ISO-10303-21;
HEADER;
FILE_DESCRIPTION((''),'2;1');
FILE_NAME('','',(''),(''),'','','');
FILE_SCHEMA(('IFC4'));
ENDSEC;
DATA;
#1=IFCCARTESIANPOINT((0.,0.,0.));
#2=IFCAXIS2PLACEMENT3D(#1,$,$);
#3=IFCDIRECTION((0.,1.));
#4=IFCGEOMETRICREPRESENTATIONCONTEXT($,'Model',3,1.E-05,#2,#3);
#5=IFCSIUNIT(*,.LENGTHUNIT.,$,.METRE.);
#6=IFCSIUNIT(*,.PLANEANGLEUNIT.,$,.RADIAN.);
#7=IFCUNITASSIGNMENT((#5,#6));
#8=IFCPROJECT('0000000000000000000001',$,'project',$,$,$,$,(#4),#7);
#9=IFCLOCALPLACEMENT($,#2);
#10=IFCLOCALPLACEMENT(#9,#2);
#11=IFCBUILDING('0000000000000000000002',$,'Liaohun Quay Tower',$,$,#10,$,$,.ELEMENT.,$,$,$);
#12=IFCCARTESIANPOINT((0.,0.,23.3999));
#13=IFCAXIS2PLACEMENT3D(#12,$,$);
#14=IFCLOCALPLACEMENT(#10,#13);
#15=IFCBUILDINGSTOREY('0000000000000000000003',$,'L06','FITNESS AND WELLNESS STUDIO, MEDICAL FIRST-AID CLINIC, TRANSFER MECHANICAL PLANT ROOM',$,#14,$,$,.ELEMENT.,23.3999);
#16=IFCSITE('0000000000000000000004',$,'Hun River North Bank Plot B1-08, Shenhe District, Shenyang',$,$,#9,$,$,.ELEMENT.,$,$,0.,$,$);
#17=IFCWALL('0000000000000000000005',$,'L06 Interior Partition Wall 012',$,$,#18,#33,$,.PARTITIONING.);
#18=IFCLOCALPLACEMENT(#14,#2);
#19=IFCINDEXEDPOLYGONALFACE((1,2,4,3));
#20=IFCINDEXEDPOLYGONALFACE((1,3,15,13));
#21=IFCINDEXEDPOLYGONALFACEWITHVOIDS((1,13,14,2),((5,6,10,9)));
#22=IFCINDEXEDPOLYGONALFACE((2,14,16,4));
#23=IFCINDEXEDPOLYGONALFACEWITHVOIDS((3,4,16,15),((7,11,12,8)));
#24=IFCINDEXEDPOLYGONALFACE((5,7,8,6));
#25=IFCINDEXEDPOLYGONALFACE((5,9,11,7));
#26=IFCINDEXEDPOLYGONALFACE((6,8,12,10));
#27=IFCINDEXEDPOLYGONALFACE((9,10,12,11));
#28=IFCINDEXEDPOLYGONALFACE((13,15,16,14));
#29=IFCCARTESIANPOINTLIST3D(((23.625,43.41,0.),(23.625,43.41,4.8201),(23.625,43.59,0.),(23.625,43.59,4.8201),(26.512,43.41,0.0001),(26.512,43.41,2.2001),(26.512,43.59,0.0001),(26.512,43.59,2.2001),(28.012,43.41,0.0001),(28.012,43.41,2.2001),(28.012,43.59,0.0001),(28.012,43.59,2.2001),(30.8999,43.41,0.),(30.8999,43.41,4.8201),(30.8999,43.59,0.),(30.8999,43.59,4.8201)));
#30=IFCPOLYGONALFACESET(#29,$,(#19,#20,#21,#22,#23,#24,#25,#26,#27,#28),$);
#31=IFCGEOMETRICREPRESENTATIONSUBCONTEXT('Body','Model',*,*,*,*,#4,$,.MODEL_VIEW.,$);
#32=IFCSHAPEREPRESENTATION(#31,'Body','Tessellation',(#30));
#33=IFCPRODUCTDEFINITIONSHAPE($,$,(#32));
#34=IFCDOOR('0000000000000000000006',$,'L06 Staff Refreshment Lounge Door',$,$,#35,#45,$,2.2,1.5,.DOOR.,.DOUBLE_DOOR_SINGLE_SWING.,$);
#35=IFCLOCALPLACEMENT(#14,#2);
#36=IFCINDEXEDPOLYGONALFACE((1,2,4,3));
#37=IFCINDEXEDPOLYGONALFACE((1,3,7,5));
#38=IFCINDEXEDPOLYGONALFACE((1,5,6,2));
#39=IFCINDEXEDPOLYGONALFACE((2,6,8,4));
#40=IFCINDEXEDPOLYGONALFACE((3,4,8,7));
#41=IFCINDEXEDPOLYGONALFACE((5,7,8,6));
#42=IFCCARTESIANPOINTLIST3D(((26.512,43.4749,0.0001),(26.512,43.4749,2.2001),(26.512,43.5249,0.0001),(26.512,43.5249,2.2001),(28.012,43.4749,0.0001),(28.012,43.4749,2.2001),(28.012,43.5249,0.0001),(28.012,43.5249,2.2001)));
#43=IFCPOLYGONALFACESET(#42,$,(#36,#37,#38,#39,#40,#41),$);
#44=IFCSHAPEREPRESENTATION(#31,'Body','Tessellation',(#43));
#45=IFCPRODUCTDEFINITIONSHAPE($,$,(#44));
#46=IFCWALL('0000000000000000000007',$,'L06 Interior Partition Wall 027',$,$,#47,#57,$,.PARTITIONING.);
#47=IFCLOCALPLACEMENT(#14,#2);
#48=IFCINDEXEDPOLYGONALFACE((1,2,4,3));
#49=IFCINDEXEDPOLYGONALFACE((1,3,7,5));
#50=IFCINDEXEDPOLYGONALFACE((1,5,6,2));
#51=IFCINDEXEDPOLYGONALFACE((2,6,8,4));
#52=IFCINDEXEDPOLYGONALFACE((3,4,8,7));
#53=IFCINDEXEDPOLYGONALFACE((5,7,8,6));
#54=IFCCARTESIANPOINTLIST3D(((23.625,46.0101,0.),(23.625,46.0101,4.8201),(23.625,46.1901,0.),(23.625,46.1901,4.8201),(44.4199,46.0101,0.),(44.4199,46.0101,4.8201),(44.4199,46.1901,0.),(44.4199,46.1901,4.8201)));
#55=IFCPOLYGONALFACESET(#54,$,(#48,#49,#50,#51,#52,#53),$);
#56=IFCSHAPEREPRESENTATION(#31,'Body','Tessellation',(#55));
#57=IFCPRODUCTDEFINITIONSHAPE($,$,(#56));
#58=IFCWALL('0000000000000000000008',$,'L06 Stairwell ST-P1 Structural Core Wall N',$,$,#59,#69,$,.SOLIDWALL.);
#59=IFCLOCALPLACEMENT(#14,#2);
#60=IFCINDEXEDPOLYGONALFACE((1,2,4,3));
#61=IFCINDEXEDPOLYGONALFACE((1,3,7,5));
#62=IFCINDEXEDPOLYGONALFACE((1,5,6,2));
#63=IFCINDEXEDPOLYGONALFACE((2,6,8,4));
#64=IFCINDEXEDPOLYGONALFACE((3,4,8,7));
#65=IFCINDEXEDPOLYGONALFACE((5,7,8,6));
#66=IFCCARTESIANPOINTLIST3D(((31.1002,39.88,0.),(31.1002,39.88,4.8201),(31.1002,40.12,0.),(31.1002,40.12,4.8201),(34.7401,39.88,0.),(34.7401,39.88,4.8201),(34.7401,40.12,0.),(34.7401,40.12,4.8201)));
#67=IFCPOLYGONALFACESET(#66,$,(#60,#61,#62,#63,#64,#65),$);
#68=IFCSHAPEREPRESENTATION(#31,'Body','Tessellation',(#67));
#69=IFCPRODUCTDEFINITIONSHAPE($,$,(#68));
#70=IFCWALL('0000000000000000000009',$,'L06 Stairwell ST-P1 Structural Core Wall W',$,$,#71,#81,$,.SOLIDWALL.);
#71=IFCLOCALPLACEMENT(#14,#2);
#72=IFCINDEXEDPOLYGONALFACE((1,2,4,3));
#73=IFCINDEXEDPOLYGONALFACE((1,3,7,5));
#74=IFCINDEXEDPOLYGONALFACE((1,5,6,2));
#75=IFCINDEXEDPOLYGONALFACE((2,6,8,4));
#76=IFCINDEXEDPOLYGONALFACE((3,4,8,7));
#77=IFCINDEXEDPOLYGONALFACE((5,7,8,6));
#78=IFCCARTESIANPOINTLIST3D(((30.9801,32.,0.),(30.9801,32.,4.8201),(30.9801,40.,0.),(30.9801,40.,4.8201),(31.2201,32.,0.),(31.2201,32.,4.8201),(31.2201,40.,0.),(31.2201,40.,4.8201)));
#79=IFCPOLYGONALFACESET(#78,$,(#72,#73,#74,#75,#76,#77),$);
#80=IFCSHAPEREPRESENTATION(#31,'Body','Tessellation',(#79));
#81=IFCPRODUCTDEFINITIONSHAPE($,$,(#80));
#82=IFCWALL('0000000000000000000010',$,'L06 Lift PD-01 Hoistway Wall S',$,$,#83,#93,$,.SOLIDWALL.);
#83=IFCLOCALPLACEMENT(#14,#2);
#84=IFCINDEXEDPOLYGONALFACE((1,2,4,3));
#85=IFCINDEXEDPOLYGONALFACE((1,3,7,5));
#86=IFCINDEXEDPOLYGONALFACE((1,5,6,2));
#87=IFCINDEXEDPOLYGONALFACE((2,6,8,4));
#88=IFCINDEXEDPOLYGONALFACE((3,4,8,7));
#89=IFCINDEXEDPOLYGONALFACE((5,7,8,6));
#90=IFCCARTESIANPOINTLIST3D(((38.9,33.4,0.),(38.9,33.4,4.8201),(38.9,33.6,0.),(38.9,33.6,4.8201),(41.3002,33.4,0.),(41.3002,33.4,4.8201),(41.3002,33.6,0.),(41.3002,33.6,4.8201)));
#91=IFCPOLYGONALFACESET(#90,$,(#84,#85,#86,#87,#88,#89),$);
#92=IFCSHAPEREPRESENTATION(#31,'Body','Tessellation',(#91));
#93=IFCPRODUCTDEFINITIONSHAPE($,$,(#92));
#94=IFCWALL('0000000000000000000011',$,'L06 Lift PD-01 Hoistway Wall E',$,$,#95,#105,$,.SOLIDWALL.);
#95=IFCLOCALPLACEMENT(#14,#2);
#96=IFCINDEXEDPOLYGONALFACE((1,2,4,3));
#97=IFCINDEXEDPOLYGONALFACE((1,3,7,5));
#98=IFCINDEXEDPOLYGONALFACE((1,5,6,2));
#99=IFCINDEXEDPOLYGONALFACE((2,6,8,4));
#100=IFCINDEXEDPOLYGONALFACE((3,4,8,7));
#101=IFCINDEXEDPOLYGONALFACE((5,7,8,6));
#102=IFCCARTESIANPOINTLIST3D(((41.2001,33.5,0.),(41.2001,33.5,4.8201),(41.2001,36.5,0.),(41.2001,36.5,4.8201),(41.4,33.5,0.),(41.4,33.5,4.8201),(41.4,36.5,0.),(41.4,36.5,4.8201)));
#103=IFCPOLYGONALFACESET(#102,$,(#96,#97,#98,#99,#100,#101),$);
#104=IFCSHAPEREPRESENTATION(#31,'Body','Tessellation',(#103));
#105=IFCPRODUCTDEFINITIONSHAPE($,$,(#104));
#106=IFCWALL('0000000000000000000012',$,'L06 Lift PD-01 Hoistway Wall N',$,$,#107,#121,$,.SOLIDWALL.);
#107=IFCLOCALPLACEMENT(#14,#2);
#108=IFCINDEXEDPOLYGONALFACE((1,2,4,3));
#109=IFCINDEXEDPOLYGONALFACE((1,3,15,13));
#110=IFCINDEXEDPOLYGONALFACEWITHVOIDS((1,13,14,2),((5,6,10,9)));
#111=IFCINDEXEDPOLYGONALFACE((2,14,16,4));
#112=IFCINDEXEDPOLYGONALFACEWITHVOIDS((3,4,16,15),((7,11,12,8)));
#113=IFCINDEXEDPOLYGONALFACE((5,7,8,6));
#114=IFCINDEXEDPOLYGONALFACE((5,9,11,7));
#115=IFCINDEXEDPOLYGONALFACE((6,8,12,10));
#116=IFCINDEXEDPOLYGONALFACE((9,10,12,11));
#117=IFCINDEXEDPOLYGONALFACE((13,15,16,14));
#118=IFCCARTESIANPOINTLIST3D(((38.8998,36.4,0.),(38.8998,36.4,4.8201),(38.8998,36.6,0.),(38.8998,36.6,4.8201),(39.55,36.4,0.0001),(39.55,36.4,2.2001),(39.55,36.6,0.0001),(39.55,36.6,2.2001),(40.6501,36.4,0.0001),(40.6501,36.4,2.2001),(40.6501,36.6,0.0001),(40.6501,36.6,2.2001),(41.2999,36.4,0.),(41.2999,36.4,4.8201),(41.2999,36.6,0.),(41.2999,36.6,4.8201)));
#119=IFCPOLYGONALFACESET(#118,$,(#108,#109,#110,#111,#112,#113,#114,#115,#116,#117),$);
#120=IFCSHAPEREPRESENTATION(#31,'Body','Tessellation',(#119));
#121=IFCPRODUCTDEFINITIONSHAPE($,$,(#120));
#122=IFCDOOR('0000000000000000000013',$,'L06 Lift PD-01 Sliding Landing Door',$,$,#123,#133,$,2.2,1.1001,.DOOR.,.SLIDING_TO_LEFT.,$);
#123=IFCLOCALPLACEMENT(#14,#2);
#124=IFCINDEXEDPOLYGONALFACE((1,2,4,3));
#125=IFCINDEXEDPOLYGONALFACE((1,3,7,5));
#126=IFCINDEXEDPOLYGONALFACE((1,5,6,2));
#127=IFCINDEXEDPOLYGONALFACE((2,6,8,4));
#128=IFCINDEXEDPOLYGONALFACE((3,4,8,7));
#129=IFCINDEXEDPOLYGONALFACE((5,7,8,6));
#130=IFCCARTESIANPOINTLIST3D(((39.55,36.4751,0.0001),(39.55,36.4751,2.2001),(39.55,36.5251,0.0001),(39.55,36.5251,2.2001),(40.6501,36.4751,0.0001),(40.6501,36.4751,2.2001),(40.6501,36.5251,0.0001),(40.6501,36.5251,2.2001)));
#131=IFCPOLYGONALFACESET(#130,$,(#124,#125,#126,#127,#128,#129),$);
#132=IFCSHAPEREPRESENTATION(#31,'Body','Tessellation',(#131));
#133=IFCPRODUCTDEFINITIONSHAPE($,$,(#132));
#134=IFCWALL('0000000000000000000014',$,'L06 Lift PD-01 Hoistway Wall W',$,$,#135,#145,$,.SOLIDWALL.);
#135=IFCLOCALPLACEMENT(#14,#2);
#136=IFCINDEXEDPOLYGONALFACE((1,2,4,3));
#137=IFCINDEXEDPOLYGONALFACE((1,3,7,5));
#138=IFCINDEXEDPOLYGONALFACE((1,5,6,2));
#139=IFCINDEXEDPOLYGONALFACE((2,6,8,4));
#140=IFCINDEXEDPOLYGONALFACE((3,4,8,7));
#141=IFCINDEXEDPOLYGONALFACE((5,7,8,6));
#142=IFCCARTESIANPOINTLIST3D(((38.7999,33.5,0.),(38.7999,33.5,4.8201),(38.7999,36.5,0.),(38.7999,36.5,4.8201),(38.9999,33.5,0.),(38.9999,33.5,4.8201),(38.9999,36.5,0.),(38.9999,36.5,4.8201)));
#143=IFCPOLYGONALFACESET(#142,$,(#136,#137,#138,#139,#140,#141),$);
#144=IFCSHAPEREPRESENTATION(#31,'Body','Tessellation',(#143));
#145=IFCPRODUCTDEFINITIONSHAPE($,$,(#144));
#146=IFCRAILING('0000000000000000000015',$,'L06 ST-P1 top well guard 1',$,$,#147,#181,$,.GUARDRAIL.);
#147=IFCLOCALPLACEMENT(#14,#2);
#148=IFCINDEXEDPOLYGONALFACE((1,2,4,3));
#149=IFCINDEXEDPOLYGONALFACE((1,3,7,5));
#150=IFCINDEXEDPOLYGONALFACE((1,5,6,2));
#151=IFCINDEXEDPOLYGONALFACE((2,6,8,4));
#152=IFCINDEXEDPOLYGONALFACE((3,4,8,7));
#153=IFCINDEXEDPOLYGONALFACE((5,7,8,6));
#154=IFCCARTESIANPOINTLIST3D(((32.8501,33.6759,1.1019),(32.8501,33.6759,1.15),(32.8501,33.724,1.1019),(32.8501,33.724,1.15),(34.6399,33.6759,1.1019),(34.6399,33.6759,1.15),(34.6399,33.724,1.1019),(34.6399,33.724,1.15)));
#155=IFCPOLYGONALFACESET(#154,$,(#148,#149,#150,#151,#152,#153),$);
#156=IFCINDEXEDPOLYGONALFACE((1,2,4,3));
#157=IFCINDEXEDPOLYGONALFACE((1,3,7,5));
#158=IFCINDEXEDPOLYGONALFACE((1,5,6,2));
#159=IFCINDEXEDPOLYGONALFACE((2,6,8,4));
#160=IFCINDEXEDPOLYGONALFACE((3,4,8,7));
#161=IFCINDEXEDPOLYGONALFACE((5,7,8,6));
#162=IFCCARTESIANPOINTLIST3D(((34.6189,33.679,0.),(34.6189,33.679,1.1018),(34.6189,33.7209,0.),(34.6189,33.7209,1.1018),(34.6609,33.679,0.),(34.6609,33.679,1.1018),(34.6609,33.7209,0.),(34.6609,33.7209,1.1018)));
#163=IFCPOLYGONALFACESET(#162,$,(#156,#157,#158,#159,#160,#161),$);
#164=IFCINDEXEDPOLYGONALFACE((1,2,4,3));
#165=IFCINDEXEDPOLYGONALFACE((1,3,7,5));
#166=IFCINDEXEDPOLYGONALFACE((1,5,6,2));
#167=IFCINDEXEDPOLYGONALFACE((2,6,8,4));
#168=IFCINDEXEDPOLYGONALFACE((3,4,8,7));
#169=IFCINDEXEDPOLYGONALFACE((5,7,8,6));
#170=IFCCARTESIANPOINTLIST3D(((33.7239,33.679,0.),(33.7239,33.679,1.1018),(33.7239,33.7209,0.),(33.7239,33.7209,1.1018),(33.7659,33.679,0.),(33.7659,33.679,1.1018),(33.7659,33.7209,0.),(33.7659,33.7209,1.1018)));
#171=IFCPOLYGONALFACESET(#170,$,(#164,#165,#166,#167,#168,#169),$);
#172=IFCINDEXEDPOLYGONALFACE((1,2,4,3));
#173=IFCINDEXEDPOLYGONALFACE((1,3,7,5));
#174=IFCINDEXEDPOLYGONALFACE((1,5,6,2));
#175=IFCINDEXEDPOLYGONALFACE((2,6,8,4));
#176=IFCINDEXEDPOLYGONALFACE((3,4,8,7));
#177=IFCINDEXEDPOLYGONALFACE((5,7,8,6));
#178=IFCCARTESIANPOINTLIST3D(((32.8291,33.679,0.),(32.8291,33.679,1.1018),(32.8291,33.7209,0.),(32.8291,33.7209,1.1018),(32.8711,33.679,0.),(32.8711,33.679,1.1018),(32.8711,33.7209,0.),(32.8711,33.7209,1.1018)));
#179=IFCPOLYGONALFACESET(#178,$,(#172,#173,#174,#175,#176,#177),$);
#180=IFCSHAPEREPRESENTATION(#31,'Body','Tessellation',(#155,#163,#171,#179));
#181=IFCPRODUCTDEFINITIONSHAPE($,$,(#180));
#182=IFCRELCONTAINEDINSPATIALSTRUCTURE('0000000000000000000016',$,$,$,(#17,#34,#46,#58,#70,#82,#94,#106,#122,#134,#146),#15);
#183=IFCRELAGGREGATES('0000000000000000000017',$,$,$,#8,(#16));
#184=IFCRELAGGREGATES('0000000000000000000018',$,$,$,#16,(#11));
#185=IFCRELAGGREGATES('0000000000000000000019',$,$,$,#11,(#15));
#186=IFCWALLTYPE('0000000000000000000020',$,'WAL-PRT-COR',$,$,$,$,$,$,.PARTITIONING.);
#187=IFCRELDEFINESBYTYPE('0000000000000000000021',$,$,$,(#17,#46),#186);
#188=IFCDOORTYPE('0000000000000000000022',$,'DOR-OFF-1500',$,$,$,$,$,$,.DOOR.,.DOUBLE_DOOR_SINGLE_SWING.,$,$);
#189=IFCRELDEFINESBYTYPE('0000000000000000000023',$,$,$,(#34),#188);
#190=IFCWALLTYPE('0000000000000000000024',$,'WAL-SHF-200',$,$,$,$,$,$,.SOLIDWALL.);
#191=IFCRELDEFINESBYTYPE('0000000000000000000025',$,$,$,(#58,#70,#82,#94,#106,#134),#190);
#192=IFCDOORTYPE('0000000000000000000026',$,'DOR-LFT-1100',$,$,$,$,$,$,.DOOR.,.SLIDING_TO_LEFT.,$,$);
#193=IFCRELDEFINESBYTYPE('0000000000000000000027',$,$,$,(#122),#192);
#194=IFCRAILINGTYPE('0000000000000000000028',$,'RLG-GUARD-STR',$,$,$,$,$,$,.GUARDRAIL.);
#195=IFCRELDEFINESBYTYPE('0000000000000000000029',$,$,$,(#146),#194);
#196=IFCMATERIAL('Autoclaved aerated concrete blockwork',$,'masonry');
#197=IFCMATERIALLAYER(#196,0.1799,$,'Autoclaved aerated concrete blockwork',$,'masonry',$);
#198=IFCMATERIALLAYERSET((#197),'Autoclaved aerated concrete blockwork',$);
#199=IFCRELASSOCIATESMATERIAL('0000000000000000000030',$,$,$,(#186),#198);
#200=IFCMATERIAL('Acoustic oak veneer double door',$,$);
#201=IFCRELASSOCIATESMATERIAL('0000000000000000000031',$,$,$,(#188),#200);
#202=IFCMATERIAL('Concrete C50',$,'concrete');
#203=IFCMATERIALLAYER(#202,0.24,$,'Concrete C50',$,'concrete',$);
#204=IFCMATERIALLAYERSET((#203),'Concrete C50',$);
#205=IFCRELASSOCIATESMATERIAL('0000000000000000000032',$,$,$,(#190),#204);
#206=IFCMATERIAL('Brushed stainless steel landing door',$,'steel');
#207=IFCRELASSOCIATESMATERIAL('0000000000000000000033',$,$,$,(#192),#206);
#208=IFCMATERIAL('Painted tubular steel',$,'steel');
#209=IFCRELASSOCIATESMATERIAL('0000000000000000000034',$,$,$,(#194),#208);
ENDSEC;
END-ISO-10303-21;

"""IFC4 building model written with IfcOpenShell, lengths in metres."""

from ifc_helpers import new_model, si_unit, direction, frame, frame_2d, origin, origin_2d, place, context, subcontext, project, spatial, rectangle, extrude, source, transform, mapped, material, layer, layer_set, type_object, element, fill, save


model = new_model("IFC4")

# Units and contexts
model_context = context("Model", 3, precision=1e-05, world=origin(), true_north=direction((0.0, 1.0)))
body_context = subcontext(model_context, "Body", "Model", "MODEL_VIEW")
ifc_project = project(units=[si_unit("LENGTHUNIT", "METRE"), si_unit("PLANEANGLEUNIT", "RADIAN")], contexts=[model_context])

# Site, building, storey
site_placement = place(None, origin())
site = spatial("IfcSite", under=ifc_project, at=site_placement, Name="Hun River North Bank Plot B1-08, Shenhe District, Shenyang", CompositionType="ELEMENT", RefElevation=0.0)
building_placement = place(site_placement, origin())
building = spatial("IfcBuilding", under=site, at=building_placement, Name="Liaohun Quay Tower", CompositionType="ELEMENT")
storey_placement = place(building_placement, frame((0.0, 0.0, 23.3999)))
storey = spatial("IfcBuildingStorey", under=building, at=storey_placement, Name="L06", Description="FITNESS AND WELLNESS STUDIO, MEDICAL FIRST-AID CLINIC, TRANSFER MECHANICAL PLANT ROOM", CompositionType="ELEMENT", Elevation=23.3999)

# Wall, opening, door
ifc_material_1 = material(Name="Autoclaved aerated concrete blockwork", Category="masonry")
ifc_layer_1 = layer(ifc_material_1, 0.1799, Name="Autoclaved aerated concrete blockwork", Category="masonry")
ifc_layer_set_1 = layer_set([ifc_layer_1], Name="Autoclaved aerated concrete blockwork")
wall_type_1 = type_object("IfcWallType", Name="WAL-PRT-COR", PredefinedType="PARTITIONING", material=ifc_layer_set_1)
wall_1_placement = place(storey_placement, frame((23.625, 43.5, 0.0), z_axis=(0.0, 0.0, 1.0), x_axis=(1.0, 0.0, 0.0)))
wall_1 = element("IfcWall", 1, at=wall_1_placement, inside=storey, type_object=wall_type_1, Name="L06 Interior Partition Wall 012", PredefinedType="PARTITIONING", context=body_context, shape_type="SweptSolid", body=[
    extrude(rectangle(XDim=7.2749, YDim=0.1799, at=frame_2d((3.6375, 0.0))), origin(), (0.0, 0.0, 1.0), 4.8201),
])
shared_shape_1 = source(origin(), body_context, "Body", "SweptSolid", [
    extrude(rectangle(XDim=1.5, YDim=2.2, at=frame_2d((0.75, 1.1001))), frame((0.0, 0.0999, 0.0), z_axis=(0.0, -1.0, 0.0), x_axis=(1.0, 0.0, 0.0)), (0.0, 0.0, 1.0), 0.2),
])
opening_1_placement = place(wall_1_placement, frame((2.887, 0.0, 0.0)))
opening_1 = element("IfcOpeningElement", 2, at=opening_1_placement, cuts=wall_1, PredefinedType="OPENING", context=body_context, shape_type="MappedRepresentation", body=[
    mapped(shared_shape_1, transform((0.0, 0.0, 0.0), x_axis=(1.0, 0.0, 0.0), y_axis=(0.0, 1.0, 0.0), z_axis=(0.0, 0.0, 1.0), scale=1.0)),
])
ifc_material_2 = material(Name="Acoustic oak veneer double door")
door_type_1 = type_object("IfcDoorType", Name="DOR-OFF-1500", OperationType="DOUBLE_DOOR_SINGLE_SWING", PredefinedType="DOOR", material=ifc_material_2)
shared_shape_2 = source(origin(), body_context, "Body", "SweptSolid", [
    extrude(rectangle(XDim=1.5, YDim=2.2, at=frame_2d((0.75, 1.1001))), frame((0.0, 0.0249, 0.0), z_axis=(0.0, -1.0, 0.0), x_axis=(1.0, 0.0, 0.0)), (0.0, 0.0, 1.0), 0.05),
])
door_1_placement = place(opening_1_placement, origin())
door_1 = element("IfcDoor", 3, at=door_1_placement, inside=storey, type_object=door_type_1, Name="L06 Staff Refreshment Lounge Door", OperationType="DOUBLE_DOOR_SINGLE_SWING", OverallHeight=2.2, OverallWidth=1.5, PredefinedType="DOOR", context=body_context, shape_type="MappedRepresentation", body=[
    mapped(shared_shape_2, transform((0.0, 0.0, 0.0), x_axis=(1.0, 0.0, 0.0), y_axis=(0.0, 1.0, 0.0), z_axis=(0.0, 0.0, 1.0), scale=1.0)),
])
fill(opening_1, door_1)

# Walls
wall_2_placement = place(storey_placement, frame((23.625, 46.1001, 0.0), z_axis=(0.0, 0.0, 1.0), x_axis=(1.0, 0.0, 0.0)))
element("IfcWall", 4, at=wall_2_placement, inside=storey, type_object=wall_type_1, Name="L06 Interior Partition Wall 027", PredefinedType="PARTITIONING", context=body_context, shape_type="SweptSolid", body=[
    extrude(rectangle(XDim=20.7949, YDim=0.1799, at=frame_2d((10.3975, 0.0))), origin(), (0.0, 0.0, 1.0), 4.8201),
])
ifc_material_3 = material(Name="Concrete C50", Category="concrete")
ifc_layer_2 = layer(ifc_material_3, 0.24, Name="Concrete C50", Category="concrete")
ifc_layer_set_2 = layer_set([ifc_layer_2], Name="Concrete C50")
wall_type_2 = type_object("IfcWallType", Name="WAL-SHF-200", PredefinedType="SOLIDWALL", material=ifc_layer_set_2)
wall_3_placement = place(storey_placement, frame((34.74, 40.0, 0.0), z_axis=(0.0, 0.0, 1.0), x_axis=(-1.0, 0.0, 0.0)))
element("IfcWall", 5, at=wall_3_placement, inside=storey, type_object=wall_type_2, Name="L06 Stairwell ST-P1 Structural Core Wall N", PredefinedType="SOLIDWALL", context=body_context, shape_type="SweptSolid", body=[
    extrude(rectangle(XDim=3.6399, YDim=0.24, at=frame_2d((1.8198, 0.0))), origin(), (0.0, 0.0, 1.0), 4.8201),
])
wall_4_placement = place(storey_placement, frame((31.1001, 40.0, 0.0), z_axis=(0.0, 0.0, 1.0), x_axis=(0.0, -1.0, 0.0)))
element("IfcWall", 6, at=wall_4_placement, inside=storey, type_object=wall_type_2, Name="L06 Stairwell ST-P1 Structural Core Wall W", PredefinedType="SOLIDWALL", context=body_context, shape_type="SweptSolid", body=[
    extrude(rectangle(XDim=8.0, YDim=0.24, at=frame_2d((4.0, 0.0))), origin(), (0.0, 0.0, 1.0), 4.8201),
])
wall_5_placement = place(storey_placement, frame((38.8999, 33.5, 0.0), z_axis=(0.0, 0.0, 1.0), x_axis=(1.0, 0.0, 0.0)))
element("IfcWall", 7, at=wall_5_placement, inside=storey, type_object=wall_type_2, Name="L06 Lift PD-01 Hoistway Wall S", PredefinedType="SOLIDWALL", context=body_context, shape_type="SweptSolid", body=[
    extrude(rectangle(XDim=2.4001, YDim=0.2, at=frame_2d((1.2002, 0.0))), origin(), (0.0, 0.0, 1.0), 4.8201),
])
wall_6_placement = place(storey_placement, frame((41.3, 33.5, 0.0), z_axis=(0.0, 0.0, 1.0), x_axis=(0.0, 1.0, 0.0)))
element("IfcWall", 8, at=wall_6_placement, inside=storey, type_object=wall_type_2, Name="L06 Lift PD-01 Hoistway Wall E", PredefinedType="SOLIDWALL", context=body_context, shape_type="SweptSolid", body=[
    extrude(rectangle(XDim=3.0, YDim=0.2, at=frame_2d((1.5, 0.0))), origin(), (0.0, 0.0, 1.0), 4.8201),
])

# Wall, opening, door
wall_7_placement = place(storey_placement, frame((41.3, 36.5, 0.0), z_axis=(0.0, 0.0, 1.0), x_axis=(-1.0, 0.0, 0.0)))
wall_7 = element("IfcWall", 9, at=wall_7_placement, inside=storey, type_object=wall_type_2, Name="L06 Lift PD-01 Hoistway Wall N", PredefinedType="SOLIDWALL", context=body_context, shape_type="SweptSolid", body=[
    extrude(rectangle(XDim=2.4001, YDim=0.2, at=frame_2d((1.2002, 0.0))), origin(), (0.0, 0.0, 1.0), 4.8201),
])
shared_shape_3 = source(origin(), body_context, "Body", "SweptSolid", [
    extrude(rectangle(XDim=1.1001, YDim=2.2, at=frame_2d((0.55, 1.1001))), frame((0.0, 0.1099, 0.0), z_axis=(0.0, -1.0, 0.0), x_axis=(1.0, 0.0, 0.0)), (0.0, 0.0, 1.0), 0.22),
])
opening_2_placement = place(wall_7_placement, frame((0.6499, 0.0, 0.0)))
opening_2 = element("IfcOpeningElement", 10, at=opening_2_placement, cuts=wall_7, PredefinedType="OPENING", context=body_context, shape_type="MappedRepresentation", body=[
    mapped(shared_shape_3, transform((0.0, 0.0, 0.0), x_axis=(1.0, 0.0, 0.0), y_axis=(0.0, 1.0, 0.0), z_axis=(0.0, 0.0, 1.0), scale=1.0)),
])
ifc_material_4 = material(Name="Brushed stainless steel landing door", Category="steel")
door_type_2 = type_object("IfcDoorType", Name="DOR-LFT-1100", OperationType="SLIDING_TO_LEFT", PredefinedType="DOOR", material=ifc_material_4)
shared_shape_4 = source(origin(), body_context, "Body", "SweptSolid", [
    extrude(rectangle(XDim=1.1001, YDim=2.2, at=frame_2d((0.55, 1.1001))), frame((0.0, 0.0249, 0.0), z_axis=(0.0, -1.0, 0.0), x_axis=(1.0, 0.0, 0.0)), (0.0, 0.0, 1.0), 0.05),
])
door_2_placement = place(opening_2_placement, origin())
door_2 = element("IfcDoor", 11, at=door_2_placement, inside=storey, type_object=door_type_2, Name="L06 Lift PD-01 Sliding Landing Door", OperationType="SLIDING_TO_LEFT", OverallHeight=2.2, OverallWidth=1.1001, PredefinedType="DOOR", context=body_context, shape_type="MappedRepresentation", body=[
    mapped(shared_shape_4, transform((0.0, 0.0, 0.0), x_axis=(1.0, 0.0, 0.0), y_axis=(0.0, 1.0, 0.0), z_axis=(0.0, 0.0, 1.0), scale=1.0)),
])
fill(opening_2, door_2)

# Wall
wall_8_placement = place(storey_placement, frame((38.8999, 36.5, 0.0), z_axis=(0.0, 0.0, 1.0), x_axis=(0.0, -1.0, 0.0)))
element("IfcWall", 12, at=wall_8_placement, inside=storey, type_object=wall_type_2, Name="L06 Lift PD-01 Hoistway Wall W", PredefinedType="SOLIDWALL", context=body_context, shape_type="SweptSolid", body=[
    extrude(rectangle(XDim=3.0, YDim=0.2, at=frame_2d((1.5, 0.0))), origin(), (0.0, 0.0, 1.0), 4.8201),
])

# Railing
ifc_material_5 = material(Name="Painted tubular steel", Category="steel")
railing_type = type_object("IfcRailingType", Name="RLG-GUARD-STR", PredefinedType="GUARDRAIL", material=ifc_material_5)
railing_placement = place(storey_placement, frame((34.6399, 33.7, 0.0)))
element("IfcRailing", 13, at=railing_placement, inside=storey, type_object=railing_type, Name="L06 ST-P1 top well guard 1", PredefinedType="GUARDRAIL", context=body_context, shape_type="SweptSolid", body=[
    extrude(rectangle(XDim=0.0481, YDim=0.0481, at=origin_2d()), frame((0.0, 0.0, 1.126), z_axis=(-1.0, 0.0, 0.0), x_axis=(0.0, -1.0, 0.0)), (0.0, 0.0, 1.0), 1.7898),
    extrude(rectangle(XDim=0.042, YDim=0.042, at=origin_2d()), origin(), (0.0, 0.0, 1.0), 1.1018),
    extrude(rectangle(XDim=0.042, YDim=0.042, at=origin_2d()), frame((-0.895, 0.0, 0.0)), (0.0, 0.0, 1.0), 1.1018),
    extrude(rectangle(XDim=0.042, YDim=0.042, at=origin_2d()), frame((-1.7898, 0.0, 0.0)), (0.0, 0.0, 1.0), 1.1018),
])

save(model, "model.ifc")
